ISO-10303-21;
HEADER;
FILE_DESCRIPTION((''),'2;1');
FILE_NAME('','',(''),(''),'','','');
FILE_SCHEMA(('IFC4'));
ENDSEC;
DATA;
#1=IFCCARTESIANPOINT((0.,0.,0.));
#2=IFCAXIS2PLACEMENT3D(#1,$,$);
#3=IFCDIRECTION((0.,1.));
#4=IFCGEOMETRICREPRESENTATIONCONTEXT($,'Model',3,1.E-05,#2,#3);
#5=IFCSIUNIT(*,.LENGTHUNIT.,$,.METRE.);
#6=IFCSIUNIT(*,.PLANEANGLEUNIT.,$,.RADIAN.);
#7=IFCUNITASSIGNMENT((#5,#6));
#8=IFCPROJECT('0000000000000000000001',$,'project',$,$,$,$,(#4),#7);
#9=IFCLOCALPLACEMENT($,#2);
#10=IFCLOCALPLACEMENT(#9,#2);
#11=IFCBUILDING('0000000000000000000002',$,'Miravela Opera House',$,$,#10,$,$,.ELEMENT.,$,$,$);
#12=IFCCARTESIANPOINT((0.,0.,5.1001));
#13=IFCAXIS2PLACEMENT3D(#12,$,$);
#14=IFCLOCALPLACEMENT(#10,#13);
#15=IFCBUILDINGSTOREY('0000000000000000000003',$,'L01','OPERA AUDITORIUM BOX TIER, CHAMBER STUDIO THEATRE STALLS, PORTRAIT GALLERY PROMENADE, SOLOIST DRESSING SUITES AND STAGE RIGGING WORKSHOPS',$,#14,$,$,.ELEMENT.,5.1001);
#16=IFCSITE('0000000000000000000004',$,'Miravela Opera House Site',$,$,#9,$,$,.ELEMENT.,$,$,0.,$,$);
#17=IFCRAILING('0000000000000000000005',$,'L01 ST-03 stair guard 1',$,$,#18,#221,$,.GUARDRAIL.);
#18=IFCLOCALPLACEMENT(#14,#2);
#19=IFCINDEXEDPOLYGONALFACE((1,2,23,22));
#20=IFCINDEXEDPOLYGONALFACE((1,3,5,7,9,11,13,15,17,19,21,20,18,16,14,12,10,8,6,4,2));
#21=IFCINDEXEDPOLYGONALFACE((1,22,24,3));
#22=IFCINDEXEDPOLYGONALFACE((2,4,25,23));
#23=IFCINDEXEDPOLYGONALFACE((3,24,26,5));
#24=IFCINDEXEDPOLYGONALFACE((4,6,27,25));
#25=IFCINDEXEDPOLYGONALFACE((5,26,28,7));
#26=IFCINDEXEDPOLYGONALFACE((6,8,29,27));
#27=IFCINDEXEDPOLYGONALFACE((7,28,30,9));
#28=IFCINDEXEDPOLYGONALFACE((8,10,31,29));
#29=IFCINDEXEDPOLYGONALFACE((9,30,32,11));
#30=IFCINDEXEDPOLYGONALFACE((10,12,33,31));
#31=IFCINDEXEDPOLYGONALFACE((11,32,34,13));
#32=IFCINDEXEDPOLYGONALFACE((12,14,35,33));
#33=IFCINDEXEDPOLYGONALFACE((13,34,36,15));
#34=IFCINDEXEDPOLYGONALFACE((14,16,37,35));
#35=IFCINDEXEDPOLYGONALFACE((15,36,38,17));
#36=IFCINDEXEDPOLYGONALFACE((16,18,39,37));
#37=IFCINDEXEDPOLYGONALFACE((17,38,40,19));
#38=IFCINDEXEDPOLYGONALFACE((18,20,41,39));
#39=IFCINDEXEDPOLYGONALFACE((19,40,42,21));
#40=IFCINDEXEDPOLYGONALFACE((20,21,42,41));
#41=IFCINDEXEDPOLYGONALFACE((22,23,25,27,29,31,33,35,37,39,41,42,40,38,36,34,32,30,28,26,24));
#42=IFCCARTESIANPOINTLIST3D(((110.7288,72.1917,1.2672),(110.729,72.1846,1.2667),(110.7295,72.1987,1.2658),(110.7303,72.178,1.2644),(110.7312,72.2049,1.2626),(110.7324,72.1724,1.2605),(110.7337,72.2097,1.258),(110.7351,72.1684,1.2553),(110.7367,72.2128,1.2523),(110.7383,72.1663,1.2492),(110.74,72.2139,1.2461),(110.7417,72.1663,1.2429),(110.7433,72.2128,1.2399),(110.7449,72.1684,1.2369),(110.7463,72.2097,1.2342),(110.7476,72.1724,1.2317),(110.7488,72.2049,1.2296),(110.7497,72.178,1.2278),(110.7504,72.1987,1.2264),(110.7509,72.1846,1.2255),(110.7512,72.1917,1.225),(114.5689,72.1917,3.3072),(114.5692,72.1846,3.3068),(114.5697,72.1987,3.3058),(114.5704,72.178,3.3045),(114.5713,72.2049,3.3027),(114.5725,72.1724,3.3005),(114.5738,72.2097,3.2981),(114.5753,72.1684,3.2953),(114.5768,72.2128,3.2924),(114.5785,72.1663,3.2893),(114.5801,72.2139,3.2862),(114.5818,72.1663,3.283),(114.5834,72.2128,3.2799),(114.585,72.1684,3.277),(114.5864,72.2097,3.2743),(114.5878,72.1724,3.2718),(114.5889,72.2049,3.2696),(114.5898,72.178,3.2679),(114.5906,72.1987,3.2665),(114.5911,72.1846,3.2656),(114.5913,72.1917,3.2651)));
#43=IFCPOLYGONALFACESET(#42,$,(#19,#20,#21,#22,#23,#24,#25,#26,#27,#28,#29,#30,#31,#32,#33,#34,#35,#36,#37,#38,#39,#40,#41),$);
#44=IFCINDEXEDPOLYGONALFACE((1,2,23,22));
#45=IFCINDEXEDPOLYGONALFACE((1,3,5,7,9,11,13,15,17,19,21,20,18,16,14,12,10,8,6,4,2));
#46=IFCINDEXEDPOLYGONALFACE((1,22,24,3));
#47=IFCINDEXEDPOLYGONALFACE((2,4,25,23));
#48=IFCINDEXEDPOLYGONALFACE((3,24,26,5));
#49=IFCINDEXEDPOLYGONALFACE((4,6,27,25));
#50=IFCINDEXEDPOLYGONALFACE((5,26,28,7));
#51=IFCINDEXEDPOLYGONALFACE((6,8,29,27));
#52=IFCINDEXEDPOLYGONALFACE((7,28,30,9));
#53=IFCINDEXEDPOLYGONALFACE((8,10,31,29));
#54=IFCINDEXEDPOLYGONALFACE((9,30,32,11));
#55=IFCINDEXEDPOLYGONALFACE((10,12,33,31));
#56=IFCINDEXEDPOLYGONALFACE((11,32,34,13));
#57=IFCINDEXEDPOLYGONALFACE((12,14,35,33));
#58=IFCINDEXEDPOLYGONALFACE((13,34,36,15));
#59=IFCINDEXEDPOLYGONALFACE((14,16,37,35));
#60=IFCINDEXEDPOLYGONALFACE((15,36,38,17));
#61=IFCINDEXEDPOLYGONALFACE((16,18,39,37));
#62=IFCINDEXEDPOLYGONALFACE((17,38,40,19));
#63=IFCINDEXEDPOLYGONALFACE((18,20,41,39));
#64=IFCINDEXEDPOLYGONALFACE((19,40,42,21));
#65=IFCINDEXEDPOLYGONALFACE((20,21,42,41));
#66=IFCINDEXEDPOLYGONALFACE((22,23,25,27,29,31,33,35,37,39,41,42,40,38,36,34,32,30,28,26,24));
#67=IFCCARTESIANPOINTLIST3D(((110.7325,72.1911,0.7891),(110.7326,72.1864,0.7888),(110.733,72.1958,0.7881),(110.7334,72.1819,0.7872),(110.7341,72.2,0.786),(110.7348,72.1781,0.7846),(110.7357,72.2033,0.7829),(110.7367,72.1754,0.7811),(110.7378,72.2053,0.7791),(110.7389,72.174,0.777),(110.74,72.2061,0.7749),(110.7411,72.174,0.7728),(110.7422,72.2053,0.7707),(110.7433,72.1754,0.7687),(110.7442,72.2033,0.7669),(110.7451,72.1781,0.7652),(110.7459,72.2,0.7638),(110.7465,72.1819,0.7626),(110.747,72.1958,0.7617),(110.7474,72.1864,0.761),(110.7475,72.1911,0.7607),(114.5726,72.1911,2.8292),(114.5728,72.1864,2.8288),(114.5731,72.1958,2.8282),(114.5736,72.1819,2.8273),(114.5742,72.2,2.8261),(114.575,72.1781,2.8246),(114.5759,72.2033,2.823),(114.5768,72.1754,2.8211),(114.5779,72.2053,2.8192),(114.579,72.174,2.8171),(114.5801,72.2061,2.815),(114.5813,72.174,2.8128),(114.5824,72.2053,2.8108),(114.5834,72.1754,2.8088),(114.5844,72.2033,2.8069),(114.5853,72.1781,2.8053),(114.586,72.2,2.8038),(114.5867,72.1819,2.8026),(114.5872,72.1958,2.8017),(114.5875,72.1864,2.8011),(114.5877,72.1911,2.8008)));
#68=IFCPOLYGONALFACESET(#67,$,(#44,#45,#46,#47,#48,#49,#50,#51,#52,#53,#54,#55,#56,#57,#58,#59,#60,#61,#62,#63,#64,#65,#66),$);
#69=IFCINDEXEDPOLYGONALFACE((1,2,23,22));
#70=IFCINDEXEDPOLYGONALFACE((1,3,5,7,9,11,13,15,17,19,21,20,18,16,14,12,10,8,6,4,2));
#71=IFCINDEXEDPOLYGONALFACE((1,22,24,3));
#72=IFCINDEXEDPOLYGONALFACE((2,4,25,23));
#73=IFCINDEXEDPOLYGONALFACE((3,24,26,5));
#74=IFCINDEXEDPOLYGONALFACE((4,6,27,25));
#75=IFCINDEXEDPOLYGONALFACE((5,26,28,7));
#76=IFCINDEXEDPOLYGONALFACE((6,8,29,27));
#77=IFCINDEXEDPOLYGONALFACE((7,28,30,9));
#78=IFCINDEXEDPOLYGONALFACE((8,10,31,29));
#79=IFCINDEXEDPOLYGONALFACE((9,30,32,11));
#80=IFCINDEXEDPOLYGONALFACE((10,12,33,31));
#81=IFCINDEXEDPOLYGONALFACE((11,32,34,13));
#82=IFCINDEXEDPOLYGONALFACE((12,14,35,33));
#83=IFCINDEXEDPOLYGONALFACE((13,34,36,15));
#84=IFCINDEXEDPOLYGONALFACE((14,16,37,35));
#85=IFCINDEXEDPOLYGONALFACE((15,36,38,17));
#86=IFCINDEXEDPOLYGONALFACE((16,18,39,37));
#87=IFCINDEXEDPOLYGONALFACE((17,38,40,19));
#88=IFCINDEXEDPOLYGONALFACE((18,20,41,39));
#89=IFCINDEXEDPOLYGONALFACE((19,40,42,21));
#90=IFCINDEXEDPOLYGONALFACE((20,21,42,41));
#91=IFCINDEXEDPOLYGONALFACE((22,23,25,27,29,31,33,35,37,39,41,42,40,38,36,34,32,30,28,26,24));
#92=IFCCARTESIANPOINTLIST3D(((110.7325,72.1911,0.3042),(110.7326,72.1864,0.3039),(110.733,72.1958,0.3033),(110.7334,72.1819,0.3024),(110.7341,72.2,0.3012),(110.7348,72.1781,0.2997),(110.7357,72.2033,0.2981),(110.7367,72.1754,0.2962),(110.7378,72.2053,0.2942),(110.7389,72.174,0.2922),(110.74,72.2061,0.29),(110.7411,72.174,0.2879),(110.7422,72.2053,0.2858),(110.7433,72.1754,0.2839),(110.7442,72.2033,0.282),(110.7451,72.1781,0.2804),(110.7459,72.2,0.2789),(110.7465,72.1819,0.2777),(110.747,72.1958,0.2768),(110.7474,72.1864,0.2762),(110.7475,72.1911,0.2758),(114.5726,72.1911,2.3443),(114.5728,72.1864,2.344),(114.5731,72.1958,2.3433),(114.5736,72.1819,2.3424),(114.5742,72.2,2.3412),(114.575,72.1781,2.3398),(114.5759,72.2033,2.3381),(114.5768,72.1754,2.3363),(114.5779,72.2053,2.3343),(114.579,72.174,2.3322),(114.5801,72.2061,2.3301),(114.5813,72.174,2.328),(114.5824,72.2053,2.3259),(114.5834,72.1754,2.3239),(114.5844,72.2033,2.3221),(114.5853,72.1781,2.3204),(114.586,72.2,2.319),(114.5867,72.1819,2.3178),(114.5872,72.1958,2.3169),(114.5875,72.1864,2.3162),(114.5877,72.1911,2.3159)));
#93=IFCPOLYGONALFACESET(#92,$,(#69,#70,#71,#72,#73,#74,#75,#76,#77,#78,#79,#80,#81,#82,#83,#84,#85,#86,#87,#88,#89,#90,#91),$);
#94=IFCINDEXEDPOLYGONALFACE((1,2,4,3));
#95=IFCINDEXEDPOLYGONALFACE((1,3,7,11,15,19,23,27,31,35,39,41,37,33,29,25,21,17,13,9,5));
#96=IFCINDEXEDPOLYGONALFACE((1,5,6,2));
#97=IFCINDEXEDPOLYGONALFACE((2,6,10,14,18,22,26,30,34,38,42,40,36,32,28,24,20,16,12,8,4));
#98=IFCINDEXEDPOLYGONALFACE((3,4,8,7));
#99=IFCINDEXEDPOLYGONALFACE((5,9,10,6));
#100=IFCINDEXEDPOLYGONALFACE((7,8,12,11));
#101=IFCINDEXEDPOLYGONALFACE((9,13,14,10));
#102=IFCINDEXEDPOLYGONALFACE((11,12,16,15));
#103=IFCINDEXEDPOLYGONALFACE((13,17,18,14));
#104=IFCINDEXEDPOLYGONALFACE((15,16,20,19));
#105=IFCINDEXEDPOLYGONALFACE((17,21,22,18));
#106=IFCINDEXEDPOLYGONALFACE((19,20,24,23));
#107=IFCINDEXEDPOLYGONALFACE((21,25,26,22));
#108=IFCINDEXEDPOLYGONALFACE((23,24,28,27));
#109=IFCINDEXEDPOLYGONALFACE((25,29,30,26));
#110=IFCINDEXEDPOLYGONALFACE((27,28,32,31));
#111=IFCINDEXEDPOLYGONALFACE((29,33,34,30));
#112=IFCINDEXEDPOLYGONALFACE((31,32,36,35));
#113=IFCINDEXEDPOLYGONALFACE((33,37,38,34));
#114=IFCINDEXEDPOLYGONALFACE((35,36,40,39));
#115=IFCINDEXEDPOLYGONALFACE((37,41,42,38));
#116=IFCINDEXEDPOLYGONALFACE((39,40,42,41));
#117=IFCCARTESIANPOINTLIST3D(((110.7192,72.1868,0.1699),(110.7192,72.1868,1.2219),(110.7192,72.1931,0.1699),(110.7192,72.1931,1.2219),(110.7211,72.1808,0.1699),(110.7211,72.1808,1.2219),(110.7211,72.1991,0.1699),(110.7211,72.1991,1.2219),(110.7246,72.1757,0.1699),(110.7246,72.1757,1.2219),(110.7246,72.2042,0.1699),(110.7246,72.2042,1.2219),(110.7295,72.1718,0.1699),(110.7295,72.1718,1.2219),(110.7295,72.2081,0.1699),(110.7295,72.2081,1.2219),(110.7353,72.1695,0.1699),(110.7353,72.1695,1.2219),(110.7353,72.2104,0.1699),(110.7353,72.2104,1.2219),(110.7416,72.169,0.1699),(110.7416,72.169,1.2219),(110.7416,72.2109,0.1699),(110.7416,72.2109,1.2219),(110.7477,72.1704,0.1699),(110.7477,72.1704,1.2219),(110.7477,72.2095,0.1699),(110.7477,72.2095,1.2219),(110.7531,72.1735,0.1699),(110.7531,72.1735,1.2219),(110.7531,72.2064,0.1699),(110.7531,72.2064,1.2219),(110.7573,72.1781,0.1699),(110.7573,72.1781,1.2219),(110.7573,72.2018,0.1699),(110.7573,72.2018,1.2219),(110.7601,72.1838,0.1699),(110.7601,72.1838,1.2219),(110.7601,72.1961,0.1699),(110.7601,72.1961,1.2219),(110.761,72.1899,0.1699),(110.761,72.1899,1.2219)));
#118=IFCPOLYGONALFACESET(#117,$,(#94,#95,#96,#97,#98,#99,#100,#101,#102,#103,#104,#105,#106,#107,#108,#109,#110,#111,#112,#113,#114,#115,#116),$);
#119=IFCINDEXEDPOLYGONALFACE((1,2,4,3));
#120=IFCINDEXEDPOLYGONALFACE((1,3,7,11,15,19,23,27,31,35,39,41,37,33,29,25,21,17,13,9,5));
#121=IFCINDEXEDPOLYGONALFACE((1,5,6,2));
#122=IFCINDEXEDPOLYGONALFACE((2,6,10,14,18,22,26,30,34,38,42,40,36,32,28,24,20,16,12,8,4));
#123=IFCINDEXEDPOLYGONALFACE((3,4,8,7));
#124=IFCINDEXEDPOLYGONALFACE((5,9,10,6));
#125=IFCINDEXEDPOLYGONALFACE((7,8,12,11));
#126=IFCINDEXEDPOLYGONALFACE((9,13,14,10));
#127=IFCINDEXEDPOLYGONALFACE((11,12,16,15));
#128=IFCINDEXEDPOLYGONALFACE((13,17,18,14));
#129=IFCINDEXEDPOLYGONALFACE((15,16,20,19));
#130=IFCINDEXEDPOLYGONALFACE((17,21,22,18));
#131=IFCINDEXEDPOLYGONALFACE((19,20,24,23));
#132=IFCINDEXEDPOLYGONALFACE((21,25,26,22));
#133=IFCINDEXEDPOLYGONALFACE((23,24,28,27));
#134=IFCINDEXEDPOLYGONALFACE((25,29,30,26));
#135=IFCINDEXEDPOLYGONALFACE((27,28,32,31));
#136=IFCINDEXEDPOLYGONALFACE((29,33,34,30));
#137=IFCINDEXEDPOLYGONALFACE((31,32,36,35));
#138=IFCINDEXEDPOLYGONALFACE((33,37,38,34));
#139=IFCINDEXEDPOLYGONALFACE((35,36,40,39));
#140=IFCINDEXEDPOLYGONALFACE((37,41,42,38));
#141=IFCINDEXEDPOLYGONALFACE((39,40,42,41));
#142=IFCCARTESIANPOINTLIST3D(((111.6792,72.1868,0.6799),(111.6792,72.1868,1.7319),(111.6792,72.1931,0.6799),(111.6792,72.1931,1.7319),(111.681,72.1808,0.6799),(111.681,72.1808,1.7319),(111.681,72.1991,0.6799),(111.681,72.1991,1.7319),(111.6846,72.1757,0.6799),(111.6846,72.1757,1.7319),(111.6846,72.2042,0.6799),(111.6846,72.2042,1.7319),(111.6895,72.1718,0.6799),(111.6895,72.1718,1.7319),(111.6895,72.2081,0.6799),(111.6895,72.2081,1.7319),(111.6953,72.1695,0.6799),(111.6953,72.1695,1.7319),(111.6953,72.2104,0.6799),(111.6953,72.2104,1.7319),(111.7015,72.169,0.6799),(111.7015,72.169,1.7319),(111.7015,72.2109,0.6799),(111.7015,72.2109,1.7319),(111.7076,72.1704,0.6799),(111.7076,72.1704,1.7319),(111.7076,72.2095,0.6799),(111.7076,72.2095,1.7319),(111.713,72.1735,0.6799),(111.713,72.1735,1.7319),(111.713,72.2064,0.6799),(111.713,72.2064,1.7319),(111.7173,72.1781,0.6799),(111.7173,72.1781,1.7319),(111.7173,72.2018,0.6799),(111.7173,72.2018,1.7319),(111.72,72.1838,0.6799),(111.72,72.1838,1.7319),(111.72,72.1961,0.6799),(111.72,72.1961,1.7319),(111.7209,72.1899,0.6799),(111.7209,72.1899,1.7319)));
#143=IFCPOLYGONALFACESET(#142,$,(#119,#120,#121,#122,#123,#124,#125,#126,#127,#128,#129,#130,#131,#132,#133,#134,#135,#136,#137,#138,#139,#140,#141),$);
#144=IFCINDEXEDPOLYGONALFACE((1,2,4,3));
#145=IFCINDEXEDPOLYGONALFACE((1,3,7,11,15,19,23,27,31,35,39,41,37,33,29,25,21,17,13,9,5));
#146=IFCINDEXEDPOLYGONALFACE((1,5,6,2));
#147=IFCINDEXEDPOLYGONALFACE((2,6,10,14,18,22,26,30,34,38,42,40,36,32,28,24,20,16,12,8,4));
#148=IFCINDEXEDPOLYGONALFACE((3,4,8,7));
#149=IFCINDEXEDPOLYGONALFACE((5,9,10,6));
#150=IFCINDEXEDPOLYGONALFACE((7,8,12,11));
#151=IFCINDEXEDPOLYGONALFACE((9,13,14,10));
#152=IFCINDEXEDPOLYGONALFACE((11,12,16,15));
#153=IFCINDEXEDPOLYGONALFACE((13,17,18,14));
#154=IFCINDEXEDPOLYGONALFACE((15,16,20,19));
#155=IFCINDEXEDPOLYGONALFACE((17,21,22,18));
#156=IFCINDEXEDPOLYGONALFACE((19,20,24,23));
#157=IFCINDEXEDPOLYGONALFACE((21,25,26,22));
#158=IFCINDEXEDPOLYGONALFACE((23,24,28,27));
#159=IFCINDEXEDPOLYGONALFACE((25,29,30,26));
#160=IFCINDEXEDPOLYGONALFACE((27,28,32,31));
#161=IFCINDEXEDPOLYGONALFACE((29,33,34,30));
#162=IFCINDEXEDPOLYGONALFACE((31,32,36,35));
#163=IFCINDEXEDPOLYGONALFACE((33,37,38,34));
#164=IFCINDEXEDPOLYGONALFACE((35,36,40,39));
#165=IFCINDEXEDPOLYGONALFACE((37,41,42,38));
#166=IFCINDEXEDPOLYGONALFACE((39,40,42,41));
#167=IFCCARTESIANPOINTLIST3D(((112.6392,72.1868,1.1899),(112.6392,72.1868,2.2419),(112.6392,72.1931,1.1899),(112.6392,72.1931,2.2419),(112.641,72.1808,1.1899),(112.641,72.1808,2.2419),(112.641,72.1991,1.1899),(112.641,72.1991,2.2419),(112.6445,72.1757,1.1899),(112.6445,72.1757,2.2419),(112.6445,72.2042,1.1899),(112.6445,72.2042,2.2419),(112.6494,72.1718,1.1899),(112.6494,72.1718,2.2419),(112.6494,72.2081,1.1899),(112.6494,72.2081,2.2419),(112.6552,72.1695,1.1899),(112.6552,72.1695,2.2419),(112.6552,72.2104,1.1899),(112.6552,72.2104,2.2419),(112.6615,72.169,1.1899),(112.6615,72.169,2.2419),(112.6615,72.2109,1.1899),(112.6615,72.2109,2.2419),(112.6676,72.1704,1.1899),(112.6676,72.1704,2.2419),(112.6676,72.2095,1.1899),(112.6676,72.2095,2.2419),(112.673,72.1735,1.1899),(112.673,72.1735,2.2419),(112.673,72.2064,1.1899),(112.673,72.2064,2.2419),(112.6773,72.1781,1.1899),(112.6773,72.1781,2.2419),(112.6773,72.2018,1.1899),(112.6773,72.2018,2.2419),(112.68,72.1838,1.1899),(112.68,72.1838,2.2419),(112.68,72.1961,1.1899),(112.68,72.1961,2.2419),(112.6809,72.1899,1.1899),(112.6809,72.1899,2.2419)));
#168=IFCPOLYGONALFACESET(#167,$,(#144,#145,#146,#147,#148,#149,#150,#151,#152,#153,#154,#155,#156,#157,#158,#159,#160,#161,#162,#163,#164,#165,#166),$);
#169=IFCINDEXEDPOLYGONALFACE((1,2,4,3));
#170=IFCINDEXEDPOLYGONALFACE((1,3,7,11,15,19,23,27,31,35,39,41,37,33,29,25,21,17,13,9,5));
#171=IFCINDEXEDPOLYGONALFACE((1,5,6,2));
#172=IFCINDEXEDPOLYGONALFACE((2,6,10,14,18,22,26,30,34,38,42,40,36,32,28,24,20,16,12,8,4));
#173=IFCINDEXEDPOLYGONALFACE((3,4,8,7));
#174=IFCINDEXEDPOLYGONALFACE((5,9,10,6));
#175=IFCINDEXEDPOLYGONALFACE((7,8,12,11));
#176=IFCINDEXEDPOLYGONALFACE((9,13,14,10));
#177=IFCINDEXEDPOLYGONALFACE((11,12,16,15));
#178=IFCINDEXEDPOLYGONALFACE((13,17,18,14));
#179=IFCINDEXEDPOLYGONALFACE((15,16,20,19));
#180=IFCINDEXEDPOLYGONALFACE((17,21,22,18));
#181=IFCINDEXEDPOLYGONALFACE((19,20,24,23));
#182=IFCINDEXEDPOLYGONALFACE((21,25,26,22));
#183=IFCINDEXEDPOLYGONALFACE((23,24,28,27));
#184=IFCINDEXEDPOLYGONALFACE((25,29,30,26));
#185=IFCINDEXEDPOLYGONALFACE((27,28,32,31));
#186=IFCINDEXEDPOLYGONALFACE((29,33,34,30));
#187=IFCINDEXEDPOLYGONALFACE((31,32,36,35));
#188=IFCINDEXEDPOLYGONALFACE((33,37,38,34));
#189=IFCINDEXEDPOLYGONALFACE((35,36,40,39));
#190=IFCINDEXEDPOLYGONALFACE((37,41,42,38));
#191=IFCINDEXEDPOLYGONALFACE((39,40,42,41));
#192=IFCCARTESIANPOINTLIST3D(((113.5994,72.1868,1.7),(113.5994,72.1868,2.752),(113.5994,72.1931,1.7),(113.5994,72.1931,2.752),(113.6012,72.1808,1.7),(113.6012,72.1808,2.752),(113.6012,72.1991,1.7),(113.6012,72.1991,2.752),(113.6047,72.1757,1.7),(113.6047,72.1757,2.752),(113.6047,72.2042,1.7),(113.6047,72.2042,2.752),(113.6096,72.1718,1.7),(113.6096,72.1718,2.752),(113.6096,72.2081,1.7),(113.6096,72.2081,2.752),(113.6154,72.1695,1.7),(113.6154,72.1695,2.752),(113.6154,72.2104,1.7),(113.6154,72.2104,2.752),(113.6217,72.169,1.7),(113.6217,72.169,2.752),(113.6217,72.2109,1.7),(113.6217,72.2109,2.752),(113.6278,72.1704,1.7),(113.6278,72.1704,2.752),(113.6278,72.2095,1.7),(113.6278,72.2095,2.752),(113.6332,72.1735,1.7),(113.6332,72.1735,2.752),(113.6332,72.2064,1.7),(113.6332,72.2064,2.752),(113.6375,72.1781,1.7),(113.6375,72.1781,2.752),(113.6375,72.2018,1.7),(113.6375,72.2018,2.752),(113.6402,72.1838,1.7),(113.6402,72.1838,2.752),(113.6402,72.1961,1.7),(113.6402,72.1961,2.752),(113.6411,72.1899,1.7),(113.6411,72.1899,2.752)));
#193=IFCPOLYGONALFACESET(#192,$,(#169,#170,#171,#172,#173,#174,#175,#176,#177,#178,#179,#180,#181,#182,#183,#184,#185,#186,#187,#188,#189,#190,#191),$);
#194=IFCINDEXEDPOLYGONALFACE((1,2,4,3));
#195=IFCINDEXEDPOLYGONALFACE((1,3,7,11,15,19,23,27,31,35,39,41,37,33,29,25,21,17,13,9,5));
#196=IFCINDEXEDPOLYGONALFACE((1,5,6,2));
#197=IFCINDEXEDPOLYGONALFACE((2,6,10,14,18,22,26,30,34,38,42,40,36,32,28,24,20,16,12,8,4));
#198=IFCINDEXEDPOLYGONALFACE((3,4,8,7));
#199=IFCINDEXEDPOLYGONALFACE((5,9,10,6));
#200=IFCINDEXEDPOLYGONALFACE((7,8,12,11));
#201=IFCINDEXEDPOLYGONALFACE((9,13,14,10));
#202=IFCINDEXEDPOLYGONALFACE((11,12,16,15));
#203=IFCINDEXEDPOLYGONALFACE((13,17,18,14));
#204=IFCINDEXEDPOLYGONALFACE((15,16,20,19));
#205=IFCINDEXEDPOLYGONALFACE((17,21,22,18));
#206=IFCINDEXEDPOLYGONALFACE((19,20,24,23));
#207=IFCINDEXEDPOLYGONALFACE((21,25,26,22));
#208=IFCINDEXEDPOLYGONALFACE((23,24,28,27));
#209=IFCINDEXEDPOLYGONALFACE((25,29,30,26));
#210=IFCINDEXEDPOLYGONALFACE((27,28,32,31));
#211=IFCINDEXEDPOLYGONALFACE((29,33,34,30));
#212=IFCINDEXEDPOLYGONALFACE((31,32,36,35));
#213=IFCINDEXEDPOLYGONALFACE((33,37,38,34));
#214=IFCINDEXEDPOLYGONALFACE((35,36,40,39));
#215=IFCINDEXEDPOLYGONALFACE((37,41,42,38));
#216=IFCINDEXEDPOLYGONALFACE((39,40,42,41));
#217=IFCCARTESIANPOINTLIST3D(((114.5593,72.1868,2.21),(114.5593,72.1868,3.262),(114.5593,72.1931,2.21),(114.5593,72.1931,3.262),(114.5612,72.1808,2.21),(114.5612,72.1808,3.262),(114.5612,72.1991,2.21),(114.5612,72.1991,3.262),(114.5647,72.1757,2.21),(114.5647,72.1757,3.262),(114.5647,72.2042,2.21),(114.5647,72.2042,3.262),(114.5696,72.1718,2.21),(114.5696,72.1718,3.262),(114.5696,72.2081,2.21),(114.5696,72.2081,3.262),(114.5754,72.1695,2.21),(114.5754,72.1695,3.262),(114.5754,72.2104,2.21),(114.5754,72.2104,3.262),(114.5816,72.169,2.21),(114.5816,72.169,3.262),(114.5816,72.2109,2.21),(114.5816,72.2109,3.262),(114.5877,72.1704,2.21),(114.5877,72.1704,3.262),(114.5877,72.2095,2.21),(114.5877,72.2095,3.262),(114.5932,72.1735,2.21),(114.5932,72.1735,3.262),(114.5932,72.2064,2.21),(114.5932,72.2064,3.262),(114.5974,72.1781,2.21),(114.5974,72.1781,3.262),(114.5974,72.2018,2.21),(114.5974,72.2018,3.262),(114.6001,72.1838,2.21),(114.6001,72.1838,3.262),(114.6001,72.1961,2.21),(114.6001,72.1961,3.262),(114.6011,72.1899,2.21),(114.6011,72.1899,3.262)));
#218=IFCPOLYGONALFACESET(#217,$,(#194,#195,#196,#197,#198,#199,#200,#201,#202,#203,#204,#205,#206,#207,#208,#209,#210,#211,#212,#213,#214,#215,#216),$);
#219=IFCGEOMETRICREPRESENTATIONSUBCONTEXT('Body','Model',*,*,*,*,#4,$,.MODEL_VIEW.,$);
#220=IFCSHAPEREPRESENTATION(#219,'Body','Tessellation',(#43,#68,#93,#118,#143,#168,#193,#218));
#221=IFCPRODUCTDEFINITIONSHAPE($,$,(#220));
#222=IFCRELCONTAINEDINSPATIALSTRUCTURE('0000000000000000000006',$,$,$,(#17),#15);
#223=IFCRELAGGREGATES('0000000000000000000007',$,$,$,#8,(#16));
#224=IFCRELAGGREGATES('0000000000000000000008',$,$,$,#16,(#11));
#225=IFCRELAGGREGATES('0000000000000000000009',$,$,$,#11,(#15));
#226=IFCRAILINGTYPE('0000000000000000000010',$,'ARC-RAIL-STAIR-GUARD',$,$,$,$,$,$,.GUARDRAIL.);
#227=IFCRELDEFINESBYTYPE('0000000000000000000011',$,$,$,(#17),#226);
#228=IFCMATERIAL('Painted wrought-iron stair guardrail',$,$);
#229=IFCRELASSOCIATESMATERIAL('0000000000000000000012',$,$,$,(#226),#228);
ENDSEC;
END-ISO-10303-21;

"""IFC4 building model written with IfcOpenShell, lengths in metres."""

from ifc_helpers import new_model, si_unit, direction, frame, origin, origin_2d, place, context, subcontext, project, spatial, circle, extrude, material, type_object, element, save


model = new_model("IFC4")

# Units and contexts
model_context = context("Model", 3, precision=1e-05, world=origin(), true_north=direction((0.0, 1.0)))
body_context = subcontext(model_context, "Body", "Model", "MODEL_VIEW")
ifc_project = project(units=[si_unit("LENGTHUNIT", "METRE"), si_unit("PLANEANGLEUNIT", "RADIAN")], contexts=[model_context])

# Site, building, storey
site_placement = place(None, origin())
site = spatial("IfcSite", under=ifc_project, at=site_placement, Name="Miravela Opera House Site", CompositionType="ELEMENT", RefElevation=0.0)
building_placement = place(site_placement, origin())
building = spatial("IfcBuilding", under=site, at=building_placement, Name="Miravela Opera House", CompositionType="ELEMENT")
storey_placement = place(building_placement, frame((0.0, 0.0, 5.1001)))
storey = spatial("IfcBuildingStorey", under=building, at=storey_placement, Name="L01", Description="OPERA AUDITORIUM BOX TIER, CHAMBER STUDIO THEATRE STALLS, PORTRAIT GALLERY PROMENADE, SOLOIST DRESSING SUITES AND STAGE RIGGING WORKSHOPS", CompositionType="ELEMENT", Elevation=5.1001)

# Railing
ifc_material_1 = material(Name="Painted wrought-iron stair guardrail")
railing_type_1 = type_object("IfcRailingType", Name="ARC-RAIL-STAIR-GUARD", PredefinedType="GUARDRAIL", material=ifc_material_1)
railing_1_placement = place(storey_placement, frame((110.74, 72.1899, 0.1699)))
element("IfcRailing", 1, at=railing_1_placement, inside=storey, type_object=railing_type_1, Name="L01 ST-03 stair guard 1", PredefinedType="GUARDRAIL", context=body_context, shape_type="SweptSolid", body=[
    extrude(circle(Radius=0.0239, at=origin_2d()), frame((0.0, 0.0, 1.0762), z_axis=(0.883116, 0.0, 0.469154), x_axis=(0.0, 1.0, 0.0)), (0.0, 0.0, 1.0), 4.3484),
    extrude(circle(Radius=0.0161, at=origin_2d()), frame((0.0, 0.0, 0.605), z_axis=(0.883116, 0.0, 0.469154), x_axis=(0.0, 1.0, 0.0)), (0.0, 0.0, 1.0), 4.3484),
    extrude(circle(Radius=0.0161, at=origin_2d()), frame((0.0, 0.0, 0.1201), z_axis=(0.883116, 0.0, 0.469154), x_axis=(0.0, 1.0, 0.0)), (0.0, 0.0, 1.0), 4.3484),
    extrude(circle(Radius=0.021, at=origin_2d()), origin(), (0.0, 0.0, 1.0), 1.052),
    extrude(circle(Radius=0.021, at=origin_2d()), frame((0.96, 0.0, 0.51)), (0.0, 0.0, 1.0), 1.052),
    extrude(circle(Radius=0.021, at=origin_2d()), frame((1.9199, 0.0, 1.02)), (0.0, 0.0, 1.0), 1.052),
    extrude(circle(Radius=0.021, at=origin_2d()), frame((2.8801, 0.0, 1.53)), (0.0, 0.0, 1.0), 1.052),
    extrude(circle(Radius=0.021, at=origin_2d()), frame((3.8401, 0.0, 2.04)), (0.0, 0.0, 1.0), 1.052),
])

save(model, "model.ifc")
